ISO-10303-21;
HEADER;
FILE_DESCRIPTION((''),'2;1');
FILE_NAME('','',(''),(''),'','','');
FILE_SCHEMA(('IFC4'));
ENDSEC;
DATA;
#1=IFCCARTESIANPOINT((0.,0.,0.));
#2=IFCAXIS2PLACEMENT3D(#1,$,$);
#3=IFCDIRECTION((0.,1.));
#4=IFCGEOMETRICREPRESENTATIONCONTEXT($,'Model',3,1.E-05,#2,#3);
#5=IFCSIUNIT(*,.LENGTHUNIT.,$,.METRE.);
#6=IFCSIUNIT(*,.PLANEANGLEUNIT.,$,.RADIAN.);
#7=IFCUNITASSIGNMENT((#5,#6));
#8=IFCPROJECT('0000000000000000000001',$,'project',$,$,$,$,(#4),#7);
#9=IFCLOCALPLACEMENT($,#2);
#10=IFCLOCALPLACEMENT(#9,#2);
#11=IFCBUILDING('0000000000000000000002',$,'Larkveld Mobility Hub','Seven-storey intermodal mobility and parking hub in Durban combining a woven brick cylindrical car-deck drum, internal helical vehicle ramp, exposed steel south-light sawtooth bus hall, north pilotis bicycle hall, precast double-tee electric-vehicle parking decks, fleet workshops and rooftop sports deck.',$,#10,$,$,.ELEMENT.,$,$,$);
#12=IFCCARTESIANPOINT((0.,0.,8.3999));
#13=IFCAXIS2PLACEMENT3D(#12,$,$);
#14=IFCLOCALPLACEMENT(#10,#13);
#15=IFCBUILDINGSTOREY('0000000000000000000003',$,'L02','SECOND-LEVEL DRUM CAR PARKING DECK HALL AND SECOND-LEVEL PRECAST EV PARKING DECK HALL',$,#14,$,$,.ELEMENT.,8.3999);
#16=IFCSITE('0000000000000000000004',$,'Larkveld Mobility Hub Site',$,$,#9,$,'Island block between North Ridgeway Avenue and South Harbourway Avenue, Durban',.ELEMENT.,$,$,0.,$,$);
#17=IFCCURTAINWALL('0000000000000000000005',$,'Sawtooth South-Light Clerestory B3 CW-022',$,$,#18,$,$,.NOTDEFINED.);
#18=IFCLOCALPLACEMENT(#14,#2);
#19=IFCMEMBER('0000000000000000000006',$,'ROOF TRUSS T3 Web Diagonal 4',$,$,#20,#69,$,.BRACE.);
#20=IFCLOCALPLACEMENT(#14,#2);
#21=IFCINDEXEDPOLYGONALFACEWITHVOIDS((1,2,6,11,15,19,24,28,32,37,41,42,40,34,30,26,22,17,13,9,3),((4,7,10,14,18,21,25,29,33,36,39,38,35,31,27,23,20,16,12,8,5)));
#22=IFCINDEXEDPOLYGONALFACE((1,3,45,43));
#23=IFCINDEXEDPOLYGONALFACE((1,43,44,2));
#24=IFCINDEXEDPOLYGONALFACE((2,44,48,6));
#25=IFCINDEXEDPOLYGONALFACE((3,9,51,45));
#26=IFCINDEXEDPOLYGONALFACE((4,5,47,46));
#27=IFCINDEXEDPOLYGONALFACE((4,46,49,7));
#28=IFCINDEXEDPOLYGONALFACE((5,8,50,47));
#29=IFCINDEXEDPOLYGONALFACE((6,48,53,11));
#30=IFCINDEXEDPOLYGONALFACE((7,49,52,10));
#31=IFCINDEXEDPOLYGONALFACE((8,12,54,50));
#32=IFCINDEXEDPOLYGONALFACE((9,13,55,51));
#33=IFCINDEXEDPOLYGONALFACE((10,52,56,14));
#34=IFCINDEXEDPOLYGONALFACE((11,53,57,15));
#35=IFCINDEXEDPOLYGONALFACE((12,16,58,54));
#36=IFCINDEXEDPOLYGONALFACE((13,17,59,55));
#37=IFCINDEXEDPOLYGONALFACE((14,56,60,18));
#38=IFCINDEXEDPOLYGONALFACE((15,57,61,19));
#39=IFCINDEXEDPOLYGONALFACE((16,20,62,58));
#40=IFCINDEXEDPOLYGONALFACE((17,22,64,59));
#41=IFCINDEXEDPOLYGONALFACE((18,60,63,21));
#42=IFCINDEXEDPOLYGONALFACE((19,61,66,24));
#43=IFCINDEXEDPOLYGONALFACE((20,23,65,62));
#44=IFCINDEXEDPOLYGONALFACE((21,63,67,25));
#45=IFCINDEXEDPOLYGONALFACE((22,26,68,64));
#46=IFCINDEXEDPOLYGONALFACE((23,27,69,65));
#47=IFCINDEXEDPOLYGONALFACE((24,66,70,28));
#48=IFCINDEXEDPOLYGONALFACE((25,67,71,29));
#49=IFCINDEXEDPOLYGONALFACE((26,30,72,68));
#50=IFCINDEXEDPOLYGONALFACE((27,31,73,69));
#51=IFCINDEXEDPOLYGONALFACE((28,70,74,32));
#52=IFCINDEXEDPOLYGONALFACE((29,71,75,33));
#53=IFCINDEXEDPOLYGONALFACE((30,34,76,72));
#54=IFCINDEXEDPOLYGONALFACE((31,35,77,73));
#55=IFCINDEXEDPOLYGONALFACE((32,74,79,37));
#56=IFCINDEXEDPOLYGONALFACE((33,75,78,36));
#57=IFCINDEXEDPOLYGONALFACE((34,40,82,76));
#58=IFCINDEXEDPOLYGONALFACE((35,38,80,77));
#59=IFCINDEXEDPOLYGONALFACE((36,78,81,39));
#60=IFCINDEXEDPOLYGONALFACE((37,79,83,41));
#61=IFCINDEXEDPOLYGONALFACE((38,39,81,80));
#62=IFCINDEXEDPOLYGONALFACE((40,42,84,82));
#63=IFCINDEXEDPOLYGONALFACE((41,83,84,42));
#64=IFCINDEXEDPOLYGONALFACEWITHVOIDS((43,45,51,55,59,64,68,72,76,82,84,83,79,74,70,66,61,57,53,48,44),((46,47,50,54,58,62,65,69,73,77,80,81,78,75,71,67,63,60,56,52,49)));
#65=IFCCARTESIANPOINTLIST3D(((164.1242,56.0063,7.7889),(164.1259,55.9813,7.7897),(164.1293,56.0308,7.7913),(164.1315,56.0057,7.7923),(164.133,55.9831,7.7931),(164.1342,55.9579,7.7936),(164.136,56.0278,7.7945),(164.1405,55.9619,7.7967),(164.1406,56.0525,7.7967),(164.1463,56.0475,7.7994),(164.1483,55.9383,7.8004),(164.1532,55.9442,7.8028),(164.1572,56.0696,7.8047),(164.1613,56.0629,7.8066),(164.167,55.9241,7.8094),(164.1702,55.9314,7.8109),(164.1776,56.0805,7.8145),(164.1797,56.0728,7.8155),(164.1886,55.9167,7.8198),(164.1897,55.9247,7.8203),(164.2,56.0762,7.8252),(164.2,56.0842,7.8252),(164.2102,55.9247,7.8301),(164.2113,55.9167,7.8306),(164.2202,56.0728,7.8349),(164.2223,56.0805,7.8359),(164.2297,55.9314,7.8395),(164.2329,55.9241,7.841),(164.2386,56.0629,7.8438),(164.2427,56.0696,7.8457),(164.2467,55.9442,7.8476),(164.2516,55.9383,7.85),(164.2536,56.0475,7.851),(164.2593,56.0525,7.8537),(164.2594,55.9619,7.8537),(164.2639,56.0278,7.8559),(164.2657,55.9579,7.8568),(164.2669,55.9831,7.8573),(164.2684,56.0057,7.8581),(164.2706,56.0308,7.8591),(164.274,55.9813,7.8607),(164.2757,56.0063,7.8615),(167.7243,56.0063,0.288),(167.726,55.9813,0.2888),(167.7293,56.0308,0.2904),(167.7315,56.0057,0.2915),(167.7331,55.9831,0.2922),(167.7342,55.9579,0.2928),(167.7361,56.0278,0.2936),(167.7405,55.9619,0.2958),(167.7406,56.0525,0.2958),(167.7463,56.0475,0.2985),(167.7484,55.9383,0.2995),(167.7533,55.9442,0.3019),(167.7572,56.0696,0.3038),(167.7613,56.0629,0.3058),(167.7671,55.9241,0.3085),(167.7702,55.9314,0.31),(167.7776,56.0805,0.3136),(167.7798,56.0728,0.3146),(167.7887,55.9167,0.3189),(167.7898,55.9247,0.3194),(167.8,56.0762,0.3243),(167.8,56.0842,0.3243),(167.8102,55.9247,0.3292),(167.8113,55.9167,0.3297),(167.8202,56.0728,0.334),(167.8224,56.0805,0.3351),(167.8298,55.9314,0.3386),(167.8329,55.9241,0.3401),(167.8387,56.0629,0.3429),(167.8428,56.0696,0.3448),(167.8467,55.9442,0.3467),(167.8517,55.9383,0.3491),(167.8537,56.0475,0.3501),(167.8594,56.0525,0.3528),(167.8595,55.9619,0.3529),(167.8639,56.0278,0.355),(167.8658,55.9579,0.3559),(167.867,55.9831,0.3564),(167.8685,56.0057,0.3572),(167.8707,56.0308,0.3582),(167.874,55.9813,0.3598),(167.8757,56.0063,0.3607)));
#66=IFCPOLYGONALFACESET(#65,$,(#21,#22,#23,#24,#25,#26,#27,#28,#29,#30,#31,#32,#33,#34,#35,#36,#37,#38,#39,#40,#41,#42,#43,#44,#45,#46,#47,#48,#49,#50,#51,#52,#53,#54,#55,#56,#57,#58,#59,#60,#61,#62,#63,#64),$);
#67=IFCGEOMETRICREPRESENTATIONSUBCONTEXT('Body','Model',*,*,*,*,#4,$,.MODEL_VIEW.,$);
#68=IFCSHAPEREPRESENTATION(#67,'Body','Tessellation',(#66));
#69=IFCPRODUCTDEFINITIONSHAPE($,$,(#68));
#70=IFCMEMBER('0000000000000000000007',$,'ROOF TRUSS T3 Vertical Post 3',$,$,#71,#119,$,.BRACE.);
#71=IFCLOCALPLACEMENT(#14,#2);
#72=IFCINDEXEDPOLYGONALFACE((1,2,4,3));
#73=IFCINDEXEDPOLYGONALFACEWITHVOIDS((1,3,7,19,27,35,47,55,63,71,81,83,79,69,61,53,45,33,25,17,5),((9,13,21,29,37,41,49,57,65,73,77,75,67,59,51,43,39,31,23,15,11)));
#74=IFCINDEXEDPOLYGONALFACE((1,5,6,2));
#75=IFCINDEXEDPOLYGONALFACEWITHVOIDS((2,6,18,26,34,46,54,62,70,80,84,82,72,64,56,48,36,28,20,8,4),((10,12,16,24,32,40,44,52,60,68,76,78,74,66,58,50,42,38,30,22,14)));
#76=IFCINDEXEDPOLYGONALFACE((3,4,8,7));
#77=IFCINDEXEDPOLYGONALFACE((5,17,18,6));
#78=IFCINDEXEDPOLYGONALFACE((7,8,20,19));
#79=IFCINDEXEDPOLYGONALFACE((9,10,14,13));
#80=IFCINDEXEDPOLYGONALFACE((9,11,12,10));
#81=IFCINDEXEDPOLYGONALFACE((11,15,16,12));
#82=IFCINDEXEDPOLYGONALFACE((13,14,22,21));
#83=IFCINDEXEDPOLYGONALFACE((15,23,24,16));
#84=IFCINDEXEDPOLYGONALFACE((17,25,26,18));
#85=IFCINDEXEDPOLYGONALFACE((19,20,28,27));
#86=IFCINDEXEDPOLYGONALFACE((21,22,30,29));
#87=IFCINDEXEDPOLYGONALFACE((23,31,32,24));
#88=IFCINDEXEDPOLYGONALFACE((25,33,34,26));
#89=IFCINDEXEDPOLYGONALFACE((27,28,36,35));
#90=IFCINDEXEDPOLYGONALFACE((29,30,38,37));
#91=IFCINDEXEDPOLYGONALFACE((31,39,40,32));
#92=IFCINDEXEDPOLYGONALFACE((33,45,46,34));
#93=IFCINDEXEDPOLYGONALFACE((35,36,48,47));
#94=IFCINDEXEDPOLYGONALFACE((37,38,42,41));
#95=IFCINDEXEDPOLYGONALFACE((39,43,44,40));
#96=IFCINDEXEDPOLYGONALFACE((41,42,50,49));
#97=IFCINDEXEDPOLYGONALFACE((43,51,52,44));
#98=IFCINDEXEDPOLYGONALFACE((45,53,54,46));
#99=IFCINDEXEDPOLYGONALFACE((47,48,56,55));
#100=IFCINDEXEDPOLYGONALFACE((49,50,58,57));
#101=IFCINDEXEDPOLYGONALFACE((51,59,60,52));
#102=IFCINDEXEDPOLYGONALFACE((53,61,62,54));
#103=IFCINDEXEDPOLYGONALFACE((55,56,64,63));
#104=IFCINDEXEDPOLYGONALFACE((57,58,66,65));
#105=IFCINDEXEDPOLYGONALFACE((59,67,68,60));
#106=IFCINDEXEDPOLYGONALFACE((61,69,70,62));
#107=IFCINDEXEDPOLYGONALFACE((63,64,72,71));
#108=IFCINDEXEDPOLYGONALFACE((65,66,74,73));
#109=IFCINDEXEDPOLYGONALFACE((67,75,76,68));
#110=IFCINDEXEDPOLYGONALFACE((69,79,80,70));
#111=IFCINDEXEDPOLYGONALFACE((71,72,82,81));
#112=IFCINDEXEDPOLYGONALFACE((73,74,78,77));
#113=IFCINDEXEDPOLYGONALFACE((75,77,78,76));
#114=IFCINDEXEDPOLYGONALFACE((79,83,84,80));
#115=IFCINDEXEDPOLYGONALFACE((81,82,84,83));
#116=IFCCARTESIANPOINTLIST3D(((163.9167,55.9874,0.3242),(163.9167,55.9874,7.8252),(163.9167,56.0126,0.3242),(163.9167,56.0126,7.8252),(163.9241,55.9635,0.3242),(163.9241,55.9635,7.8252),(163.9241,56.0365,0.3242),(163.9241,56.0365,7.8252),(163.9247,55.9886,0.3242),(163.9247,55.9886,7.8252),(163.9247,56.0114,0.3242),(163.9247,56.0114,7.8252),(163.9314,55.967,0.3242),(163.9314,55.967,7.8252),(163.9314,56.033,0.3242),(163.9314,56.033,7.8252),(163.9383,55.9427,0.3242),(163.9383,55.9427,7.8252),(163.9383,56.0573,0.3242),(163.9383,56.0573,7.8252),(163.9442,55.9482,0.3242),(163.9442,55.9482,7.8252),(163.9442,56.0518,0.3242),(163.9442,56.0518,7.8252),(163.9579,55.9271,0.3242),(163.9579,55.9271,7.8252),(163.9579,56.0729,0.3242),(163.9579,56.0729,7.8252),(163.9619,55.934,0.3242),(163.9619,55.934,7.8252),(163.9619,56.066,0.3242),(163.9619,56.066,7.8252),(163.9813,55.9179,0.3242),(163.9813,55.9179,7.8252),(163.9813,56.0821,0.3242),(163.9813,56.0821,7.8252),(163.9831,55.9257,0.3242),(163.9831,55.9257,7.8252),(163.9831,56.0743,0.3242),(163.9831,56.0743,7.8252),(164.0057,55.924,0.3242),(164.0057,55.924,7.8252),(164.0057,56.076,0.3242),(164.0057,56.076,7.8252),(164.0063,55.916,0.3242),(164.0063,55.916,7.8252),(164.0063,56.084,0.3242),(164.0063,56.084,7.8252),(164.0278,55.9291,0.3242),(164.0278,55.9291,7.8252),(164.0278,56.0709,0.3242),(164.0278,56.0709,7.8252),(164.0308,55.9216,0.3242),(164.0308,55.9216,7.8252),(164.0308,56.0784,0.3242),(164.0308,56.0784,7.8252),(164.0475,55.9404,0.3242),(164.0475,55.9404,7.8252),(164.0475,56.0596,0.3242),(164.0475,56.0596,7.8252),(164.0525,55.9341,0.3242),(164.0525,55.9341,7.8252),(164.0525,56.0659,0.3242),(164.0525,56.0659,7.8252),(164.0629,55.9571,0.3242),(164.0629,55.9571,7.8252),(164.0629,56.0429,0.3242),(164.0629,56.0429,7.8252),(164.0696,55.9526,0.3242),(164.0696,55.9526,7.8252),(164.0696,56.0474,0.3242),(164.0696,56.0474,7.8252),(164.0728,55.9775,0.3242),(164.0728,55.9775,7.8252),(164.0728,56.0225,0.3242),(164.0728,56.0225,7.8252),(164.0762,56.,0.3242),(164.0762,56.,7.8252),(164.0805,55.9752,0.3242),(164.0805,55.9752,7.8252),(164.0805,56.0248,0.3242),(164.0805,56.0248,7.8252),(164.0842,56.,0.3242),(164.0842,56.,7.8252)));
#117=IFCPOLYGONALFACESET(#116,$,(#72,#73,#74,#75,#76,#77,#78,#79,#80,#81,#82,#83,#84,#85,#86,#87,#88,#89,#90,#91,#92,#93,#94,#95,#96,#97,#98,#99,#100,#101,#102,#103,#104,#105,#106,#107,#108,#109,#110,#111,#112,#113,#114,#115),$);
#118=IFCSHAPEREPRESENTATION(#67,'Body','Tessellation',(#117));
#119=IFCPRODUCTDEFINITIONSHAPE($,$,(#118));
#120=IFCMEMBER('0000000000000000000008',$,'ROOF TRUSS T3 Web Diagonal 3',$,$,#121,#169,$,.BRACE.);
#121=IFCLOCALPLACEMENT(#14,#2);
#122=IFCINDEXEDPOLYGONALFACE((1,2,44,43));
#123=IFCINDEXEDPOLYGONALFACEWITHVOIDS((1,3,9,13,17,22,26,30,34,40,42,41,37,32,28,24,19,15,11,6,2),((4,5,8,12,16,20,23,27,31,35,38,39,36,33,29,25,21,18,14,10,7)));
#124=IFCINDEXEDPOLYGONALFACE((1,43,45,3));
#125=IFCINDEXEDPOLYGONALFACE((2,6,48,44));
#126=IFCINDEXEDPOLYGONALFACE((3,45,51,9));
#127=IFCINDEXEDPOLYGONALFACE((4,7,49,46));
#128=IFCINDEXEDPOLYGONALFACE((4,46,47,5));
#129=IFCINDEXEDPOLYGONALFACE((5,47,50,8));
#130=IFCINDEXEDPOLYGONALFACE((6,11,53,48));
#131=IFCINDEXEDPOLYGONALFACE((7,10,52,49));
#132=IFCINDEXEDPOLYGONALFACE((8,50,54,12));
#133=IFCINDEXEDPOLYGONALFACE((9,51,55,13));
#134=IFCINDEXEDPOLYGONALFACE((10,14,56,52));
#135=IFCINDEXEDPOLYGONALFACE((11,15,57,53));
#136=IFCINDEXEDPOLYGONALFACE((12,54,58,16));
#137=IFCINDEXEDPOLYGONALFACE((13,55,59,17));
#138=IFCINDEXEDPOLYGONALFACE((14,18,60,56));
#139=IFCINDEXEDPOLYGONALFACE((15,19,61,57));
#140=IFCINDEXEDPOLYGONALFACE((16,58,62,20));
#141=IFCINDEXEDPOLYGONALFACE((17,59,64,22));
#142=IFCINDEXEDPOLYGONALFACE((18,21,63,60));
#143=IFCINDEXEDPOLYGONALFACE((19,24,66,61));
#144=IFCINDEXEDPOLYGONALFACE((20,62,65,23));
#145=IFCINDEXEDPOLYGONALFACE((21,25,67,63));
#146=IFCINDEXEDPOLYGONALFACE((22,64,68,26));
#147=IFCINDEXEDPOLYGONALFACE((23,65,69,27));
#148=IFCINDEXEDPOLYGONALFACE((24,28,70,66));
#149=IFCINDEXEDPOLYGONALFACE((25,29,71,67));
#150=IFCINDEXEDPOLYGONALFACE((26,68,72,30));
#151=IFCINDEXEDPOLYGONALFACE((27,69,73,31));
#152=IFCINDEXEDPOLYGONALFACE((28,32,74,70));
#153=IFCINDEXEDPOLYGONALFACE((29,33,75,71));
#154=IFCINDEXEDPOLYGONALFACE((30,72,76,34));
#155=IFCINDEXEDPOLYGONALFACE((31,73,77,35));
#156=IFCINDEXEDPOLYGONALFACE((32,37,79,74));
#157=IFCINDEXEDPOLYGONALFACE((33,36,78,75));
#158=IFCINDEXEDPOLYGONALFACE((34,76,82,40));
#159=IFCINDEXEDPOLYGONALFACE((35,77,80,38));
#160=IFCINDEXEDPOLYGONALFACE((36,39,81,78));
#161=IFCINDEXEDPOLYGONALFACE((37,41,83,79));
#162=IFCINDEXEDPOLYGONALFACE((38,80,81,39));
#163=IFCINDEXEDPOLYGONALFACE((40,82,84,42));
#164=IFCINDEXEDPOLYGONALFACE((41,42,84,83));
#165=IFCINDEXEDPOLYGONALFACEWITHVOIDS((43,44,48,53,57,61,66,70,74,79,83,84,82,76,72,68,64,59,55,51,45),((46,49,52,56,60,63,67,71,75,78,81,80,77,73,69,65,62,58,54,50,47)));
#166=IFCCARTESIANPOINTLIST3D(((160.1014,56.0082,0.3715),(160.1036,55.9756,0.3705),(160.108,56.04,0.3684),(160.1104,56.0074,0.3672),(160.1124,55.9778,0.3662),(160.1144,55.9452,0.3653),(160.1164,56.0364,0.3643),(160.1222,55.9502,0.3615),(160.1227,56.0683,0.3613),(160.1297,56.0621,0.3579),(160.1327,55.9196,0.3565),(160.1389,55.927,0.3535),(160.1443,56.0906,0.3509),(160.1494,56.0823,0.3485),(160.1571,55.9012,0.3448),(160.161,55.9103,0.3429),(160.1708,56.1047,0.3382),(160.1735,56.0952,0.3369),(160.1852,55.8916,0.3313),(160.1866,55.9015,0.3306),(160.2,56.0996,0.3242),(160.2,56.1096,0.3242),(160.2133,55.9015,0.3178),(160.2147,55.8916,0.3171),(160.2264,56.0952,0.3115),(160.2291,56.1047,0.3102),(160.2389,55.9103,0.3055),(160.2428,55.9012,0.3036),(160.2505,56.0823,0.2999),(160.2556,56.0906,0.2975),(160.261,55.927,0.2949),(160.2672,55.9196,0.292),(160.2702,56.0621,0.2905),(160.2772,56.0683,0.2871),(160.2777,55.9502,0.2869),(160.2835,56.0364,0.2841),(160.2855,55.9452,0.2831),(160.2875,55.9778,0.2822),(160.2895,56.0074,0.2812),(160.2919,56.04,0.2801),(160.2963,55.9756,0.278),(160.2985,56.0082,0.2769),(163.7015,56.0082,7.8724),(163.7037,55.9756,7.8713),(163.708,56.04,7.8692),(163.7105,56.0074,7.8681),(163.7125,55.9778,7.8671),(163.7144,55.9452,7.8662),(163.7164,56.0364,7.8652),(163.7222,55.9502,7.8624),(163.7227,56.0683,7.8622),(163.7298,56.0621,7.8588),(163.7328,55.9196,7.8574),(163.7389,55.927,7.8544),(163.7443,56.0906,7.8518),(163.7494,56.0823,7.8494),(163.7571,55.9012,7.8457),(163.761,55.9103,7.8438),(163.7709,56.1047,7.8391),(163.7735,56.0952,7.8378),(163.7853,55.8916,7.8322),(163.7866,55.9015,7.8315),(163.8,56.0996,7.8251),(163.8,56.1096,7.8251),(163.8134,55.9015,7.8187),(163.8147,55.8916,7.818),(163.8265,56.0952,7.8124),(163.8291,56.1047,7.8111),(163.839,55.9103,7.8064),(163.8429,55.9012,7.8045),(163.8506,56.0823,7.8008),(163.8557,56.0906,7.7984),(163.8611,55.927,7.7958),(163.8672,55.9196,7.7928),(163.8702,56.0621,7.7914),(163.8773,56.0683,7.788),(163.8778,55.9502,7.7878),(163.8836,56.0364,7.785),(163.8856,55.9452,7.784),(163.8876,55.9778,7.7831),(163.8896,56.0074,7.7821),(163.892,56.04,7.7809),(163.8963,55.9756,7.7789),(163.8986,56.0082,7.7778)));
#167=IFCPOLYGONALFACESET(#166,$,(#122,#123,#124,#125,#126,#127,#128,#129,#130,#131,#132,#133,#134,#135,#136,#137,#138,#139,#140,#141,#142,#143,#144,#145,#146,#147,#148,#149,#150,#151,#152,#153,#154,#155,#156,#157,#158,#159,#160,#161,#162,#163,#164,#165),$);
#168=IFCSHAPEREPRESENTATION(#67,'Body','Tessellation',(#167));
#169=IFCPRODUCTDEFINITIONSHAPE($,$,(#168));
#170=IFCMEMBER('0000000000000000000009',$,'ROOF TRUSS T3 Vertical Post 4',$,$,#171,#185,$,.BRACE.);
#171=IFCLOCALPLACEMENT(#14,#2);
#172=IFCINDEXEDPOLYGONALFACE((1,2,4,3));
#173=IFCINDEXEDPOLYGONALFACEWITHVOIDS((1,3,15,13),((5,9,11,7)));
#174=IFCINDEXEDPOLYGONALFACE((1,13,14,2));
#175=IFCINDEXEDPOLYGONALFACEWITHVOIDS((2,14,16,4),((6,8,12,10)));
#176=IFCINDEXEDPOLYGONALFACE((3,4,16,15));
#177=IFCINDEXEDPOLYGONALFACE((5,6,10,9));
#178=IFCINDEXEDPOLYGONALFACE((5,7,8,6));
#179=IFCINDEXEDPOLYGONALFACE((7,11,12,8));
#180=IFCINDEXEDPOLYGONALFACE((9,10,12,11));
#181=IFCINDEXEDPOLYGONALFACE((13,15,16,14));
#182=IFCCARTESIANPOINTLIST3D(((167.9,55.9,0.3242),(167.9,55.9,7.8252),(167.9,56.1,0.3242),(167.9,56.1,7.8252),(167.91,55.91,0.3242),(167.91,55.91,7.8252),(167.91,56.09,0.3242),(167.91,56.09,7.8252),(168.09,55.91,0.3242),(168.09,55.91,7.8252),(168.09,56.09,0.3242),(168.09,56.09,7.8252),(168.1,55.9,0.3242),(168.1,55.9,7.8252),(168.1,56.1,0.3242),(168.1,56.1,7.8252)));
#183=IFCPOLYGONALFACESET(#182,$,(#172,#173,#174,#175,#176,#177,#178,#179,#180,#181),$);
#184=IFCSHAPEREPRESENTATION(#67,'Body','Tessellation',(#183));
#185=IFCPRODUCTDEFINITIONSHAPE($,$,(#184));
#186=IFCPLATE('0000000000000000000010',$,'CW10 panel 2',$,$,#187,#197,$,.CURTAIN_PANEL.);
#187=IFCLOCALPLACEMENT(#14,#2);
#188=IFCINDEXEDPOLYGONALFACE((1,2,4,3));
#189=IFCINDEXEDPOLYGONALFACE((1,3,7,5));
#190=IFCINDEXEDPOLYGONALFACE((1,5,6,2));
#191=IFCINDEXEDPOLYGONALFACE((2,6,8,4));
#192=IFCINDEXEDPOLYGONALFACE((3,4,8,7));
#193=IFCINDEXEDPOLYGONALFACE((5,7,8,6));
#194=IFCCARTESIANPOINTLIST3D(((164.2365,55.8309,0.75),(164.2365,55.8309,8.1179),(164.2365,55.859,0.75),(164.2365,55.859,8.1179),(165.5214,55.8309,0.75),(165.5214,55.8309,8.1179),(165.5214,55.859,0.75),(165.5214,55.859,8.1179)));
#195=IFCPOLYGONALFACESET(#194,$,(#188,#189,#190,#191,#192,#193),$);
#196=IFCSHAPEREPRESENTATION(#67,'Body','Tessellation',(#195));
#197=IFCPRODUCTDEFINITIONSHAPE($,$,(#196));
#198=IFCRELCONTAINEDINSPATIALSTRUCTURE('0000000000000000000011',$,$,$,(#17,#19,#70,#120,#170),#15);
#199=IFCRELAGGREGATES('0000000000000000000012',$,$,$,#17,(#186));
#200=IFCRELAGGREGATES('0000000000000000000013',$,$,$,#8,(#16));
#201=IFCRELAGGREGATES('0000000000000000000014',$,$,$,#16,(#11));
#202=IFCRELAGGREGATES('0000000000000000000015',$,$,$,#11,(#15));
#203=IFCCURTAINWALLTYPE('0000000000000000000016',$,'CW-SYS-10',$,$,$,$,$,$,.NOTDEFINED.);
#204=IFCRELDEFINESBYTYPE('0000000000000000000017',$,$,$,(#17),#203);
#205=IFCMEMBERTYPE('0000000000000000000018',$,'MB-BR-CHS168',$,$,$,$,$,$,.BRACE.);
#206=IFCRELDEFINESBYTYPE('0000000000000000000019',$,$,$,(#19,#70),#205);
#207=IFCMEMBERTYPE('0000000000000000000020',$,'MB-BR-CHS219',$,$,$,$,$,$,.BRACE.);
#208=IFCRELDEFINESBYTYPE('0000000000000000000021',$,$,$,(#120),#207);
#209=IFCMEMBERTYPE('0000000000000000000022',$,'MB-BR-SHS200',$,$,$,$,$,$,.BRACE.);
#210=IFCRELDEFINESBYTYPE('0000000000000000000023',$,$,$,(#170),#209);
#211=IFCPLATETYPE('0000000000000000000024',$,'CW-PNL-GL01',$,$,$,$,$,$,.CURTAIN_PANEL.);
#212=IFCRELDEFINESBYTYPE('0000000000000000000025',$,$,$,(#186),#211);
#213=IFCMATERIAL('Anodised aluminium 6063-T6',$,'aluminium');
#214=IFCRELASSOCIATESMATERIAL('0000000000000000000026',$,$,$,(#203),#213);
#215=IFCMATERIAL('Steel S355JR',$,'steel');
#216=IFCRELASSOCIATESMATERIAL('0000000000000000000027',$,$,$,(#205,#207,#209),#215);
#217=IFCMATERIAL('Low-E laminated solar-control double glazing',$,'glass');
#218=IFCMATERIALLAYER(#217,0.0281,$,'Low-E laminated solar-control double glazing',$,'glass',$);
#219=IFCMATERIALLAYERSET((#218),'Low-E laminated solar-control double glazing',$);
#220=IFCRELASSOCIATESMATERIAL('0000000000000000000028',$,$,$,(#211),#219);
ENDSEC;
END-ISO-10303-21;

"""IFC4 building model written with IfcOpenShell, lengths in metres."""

from ifc_helpers import new_model, si_unit, direction, frame, origin, origin_2d, place, context, subcontext, project, spatial, rectangle, hollow_rectangle, hollow_circle, extrude, material, layer, layer_set, material_profile, profile_set, type_object, element, aggregate, save


model = new_model("IFC4")

# Units and contexts
model_context = context("Model", 3, precision=1e-05, world=origin(), true_north=direction((0.0, 1.0)))
body_context = subcontext(model_context, "Body", "Model", "MODEL_VIEW")
ifc_project = project(units=[si_unit("LENGTHUNIT", "METRE"), si_unit("PLANEANGLEUNIT", "RADIAN")], contexts=[model_context])

# Site, building, storey
site_placement = place(None, origin())
site = spatial("IfcSite", under=ifc_project, at=site_placement, Name="Larkveld Mobility Hub Site", LongName="Island block between North Ridgeway Avenue and South Harbourway Avenue, Durban", CompositionType="ELEMENT", RefElevation=0.0)
building_placement = place(site_placement, origin())
building = spatial("IfcBuilding", under=site, at=building_placement, Name="Larkveld Mobility Hub", Description="Seven-storey intermodal mobility and parking hub in Durban combining a woven brick cylindrical car-deck drum, internal helical vehicle ramp, exposed steel south-light sawtooth bus hall, north pilotis bicycle hall, precast double-tee electric-vehicle parking decks, fleet workshops and rooftop sports deck.", CompositionType="ELEMENT")
storey_placement = place(building_placement, frame((0.0, 0.0, 8.3999)))
storey = spatial("IfcBuildingStorey", under=building, at=storey_placement, Name="L02", Description="SECOND-LEVEL DRUM CAR PARKING DECK HALL AND SECOND-LEVEL PRECAST EV PARKING DECK HALL", CompositionType="ELEMENT", Elevation=8.3999)

# Curtain wall
ifc_material_1 = material(Name="Anodised aluminium 6063-T6", Category="aluminium")
curtain_wall_type_1 = type_object("IfcCurtainWallType", Name="CW-SYS-10", PredefinedType="NOTDEFINED", material=ifc_material_1)
curtain_wall_1_placement = place(storey_placement, origin())
curtain_wall_1 = element("IfcCurtainWall", 1, at=curtain_wall_1_placement, inside=storey, type_object=curtain_wall_type_1, Name="Sawtooth South-Light Clerestory B3 CW-022", PredefinedType="NOTDEFINED")

# Members
ifc_material_2 = material(Name="Steel S355JR", Category="steel")
ifc_material_profile_1 = material_profile(ifc_material_2, hollow_circle(Radius=0.0842, WallThickness=0.0081, at=origin_2d()), Name="CHS 168.3x8")
ifc_profile_set_1 = profile_set([ifc_material_profile_1], Name="Steel S355JR")
member_type_1 = type_object("IfcMemberType", Name="MB-BR-CHS168", PredefinedType="BRACE", material=ifc_profile_set_1)
member_1_placement = place(storey_placement, frame((164.2, 56.0, 7.8252), z_axis=(0.432695, 0.0, -0.90154), x_axis=(0.0, 1.0, 0.0)))
element("IfcMember", 2, at=member_1_placement, inside=storey, type_object=member_type_1, Name="ROOF TRUSS T3 Web Diagonal 4", PredefinedType="BRACE", context=body_context, shape_type="SweptSolid", body=[
    extrude(hollow_circle(Radius=0.0842, WallThickness=0.0081, at=origin_2d()), origin(), (0.0, 0.0, 1.0), 8.3201),
])
member_2_placement = place(storey_placement, frame((164.0, 56.0, 0.3242), z_axis=(0.0, 0.0, 1.0), x_axis=(1.0, 0.0, 0.0)))
element("IfcMember", 3, at=member_2_placement, inside=storey, type_object=member_type_1, Name="ROOF TRUSS T3 Vertical Post 3", PredefinedType="BRACE", context=body_context, shape_type="SweptSolid", body=[
    extrude(hollow_circle(Radius=0.0842, WallThickness=0.0081, at=origin_2d()), origin(), (0.0, 0.0, 1.0), 7.501),
])
ifc_material_profile_2 = material_profile(ifc_material_2, hollow_circle(Radius=0.1096, WallThickness=0.01, at=origin_2d()), Name="CHS 219.1x10")
ifc_profile_set_2 = profile_set([ifc_material_profile_2], Name="Steel S355JR")
member_type_2 = type_object("IfcMemberType", Name="MB-BR-CHS219", PredefinedType="BRACE", material=ifc_profile_set_2)
member_3_placement = place(storey_placement, frame((160.2, 56.0, 0.3242), z_axis=(0.432695, 0.0, 0.90154), x_axis=(0.0, 1.0, 0.0)))
element("IfcMember", 4, at=member_3_placement, inside=storey, type_object=member_type_2, Name="ROOF TRUSS T3 Web Diagonal 3", PredefinedType="BRACE", context=body_context, shape_type="SweptSolid", body=[
    extrude(hollow_circle(Radius=0.1096, WallThickness=0.01, at=origin_2d()), origin(), (0.0, 0.0, 1.0), 8.3201),
])
ifc_material_profile_3 = material_profile(ifc_material_2, hollow_rectangle(XDim=0.2, YDim=0.2, WallThickness=0.01, at=origin_2d()), Name="SHS 200x200x10")
ifc_profile_set_3 = profile_set([ifc_material_profile_3], Name="Steel S355JR")
member_type_3 = type_object("IfcMemberType", Name="MB-BR-SHS200", PredefinedType="BRACE", material=ifc_profile_set_3)
member_4_placement = place(storey_placement, frame((168.0, 56.0, 0.3242), z_axis=(0.0, 0.0, 1.0), x_axis=(1.0, 0.0, 0.0)))
element("IfcMember", 5, at=member_4_placement, inside=storey, type_object=member_type_3, Name="ROOF TRUSS T3 Vertical Post 4", PredefinedType="BRACE", context=body_context, shape_type="SweptSolid", body=[
    extrude(hollow_rectangle(XDim=0.2, YDim=0.2, WallThickness=0.01, at=origin_2d()), origin(), (0.0, 0.0, 1.0), 7.501),
])

# Plate
ifc_material_3 = material(Name="Low-E laminated solar-control double glazing", Category="glass")
ifc_layer_1 = layer(ifc_material_3, 0.0281, Name="Low-E laminated solar-control double glazing", Category="glass")
ifc_layer_set_1 = layer_set([ifc_layer_1], Name="Low-E laminated solar-control double glazing")
plate_type_1 = type_object("IfcPlateType", Name="CW-PNL-GL01", PredefinedType="CURTAIN_PANEL", material=ifc_layer_set_1)
plate_1_placement = place(storey_placement, frame((164.8789, 55.845, 0.75), z_axis=(0.0, 0.0, 1.0), x_axis=(1.0, 0.0, 0.0)))
plate_1 = element("IfcPlate", 6, at=plate_1_placement, type_object=plate_type_1, Name="CW10 panel 2", PredefinedType="CURTAIN_PANEL", context=body_context, shape_type="SweptSolid", body=[
    extrude(rectangle(XDim=1.2849, YDim=0.0281, at=origin_2d()), origin(), (0.0, 0.0, 1.0), 7.3679),
])
aggregate(curtain_wall_1, [plate_1])

save(model, "model.ifc")
